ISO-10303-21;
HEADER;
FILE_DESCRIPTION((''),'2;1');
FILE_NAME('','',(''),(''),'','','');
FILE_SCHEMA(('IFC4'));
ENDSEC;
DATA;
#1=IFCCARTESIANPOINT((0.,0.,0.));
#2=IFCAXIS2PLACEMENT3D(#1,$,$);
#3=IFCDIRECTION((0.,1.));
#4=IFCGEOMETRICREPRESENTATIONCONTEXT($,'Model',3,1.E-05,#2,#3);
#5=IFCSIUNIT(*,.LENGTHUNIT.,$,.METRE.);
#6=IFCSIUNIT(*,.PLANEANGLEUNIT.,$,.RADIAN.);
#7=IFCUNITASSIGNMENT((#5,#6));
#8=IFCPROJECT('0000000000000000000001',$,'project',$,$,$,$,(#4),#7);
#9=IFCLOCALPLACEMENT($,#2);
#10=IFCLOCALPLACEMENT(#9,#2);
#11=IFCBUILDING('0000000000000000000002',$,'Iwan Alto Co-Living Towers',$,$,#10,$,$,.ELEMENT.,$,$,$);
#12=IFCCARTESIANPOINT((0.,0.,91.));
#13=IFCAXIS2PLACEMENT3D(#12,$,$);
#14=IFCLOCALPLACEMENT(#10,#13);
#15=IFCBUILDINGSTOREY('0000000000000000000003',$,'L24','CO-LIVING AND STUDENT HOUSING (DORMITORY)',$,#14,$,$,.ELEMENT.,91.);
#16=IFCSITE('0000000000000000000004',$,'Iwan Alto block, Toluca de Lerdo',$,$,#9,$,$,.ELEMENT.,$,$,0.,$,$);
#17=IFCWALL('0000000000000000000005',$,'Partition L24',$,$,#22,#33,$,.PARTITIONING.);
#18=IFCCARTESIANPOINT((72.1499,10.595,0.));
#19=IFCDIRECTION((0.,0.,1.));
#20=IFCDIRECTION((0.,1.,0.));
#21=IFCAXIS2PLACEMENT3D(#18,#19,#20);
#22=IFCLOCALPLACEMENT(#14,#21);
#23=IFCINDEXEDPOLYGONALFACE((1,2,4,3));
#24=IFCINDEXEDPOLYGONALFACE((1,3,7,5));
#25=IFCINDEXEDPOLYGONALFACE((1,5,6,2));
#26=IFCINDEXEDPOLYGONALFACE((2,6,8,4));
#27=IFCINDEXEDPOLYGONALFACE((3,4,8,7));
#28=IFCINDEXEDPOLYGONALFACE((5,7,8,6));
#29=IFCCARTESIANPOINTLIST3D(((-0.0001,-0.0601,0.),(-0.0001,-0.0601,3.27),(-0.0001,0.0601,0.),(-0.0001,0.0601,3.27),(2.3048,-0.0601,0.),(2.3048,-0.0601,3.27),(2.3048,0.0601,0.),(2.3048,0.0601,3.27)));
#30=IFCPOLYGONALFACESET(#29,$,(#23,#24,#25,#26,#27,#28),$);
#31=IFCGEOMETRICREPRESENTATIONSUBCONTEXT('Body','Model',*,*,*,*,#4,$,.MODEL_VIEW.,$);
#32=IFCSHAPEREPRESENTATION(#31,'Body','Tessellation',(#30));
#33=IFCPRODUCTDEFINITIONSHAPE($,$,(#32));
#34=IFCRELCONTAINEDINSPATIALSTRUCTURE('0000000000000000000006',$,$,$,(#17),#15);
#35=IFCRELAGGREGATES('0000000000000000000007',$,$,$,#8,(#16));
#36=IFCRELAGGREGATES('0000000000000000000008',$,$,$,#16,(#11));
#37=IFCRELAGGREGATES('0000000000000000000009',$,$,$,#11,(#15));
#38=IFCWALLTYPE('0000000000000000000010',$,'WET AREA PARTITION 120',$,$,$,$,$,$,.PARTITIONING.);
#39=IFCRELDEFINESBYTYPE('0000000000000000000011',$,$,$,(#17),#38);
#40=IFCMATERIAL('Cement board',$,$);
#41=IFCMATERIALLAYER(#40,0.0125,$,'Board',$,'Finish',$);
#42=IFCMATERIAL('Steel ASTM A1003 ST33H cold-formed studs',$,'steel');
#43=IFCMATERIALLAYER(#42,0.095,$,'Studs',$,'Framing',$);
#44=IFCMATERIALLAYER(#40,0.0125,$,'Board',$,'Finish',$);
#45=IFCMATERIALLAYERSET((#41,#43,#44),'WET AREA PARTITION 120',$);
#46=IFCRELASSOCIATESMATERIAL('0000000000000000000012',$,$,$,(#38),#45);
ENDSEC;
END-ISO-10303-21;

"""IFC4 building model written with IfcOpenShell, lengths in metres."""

from ifc_helpers import new_model, si_unit, direction, frame, frame_2d, origin, place, context, subcontext, project, spatial, rectangle, extrude, material, layer, layer_set, type_object, element, save


model = new_model("IFC4")

# Units and contexts
model_context = context("Model", 3, precision=1e-05, world=origin(), true_north=direction((0.0, 1.0)))
body_context = subcontext(model_context, "Body", "Model", "MODEL_VIEW")
ifc_project = project(units=[si_unit("LENGTHUNIT", "METRE"), si_unit("PLANEANGLEUNIT", "RADIAN")], contexts=[model_context])

# Site, building, storey
site_placement = place(None, origin())
site = spatial("IfcSite", under=ifc_project, at=site_placement, Name="Iwan Alto block, Toluca de Lerdo", CompositionType="ELEMENT", RefElevation=0.0)
building_placement = place(site_placement, origin())
building = spatial("IfcBuilding", under=site, at=building_placement, Name="Iwan Alto Co-Living Towers", CompositionType="ELEMENT")
storey_placement = place(building_placement, frame((0.0, 0.0, 91.0)))
storey = spatial("IfcBuildingStorey", under=building, at=storey_placement, Name="L24", Description="CO-LIVING AND STUDENT HOUSING (DORMITORY)", CompositionType="ELEMENT", Elevation=91.0)

# Shared definitions
ifc_material_1 = material(Name="Steel ASTM A1003 ST33H cold-formed studs", Category="steel")

# Wall
ifc_material_2 = material(Name="Cement board")
ifc_layer_1 = layer(ifc_material_2, 0.0125, Name="Board", Category="Finish")
ifc_layer_2 = layer(ifc_material_1, 0.095, Name="Studs", Category="Framing")
ifc_layer_3 = layer(ifc_material_2, 0.0125, Name="Board", Category="Finish")
ifc_layer_set_1 = layer_set([ifc_layer_1, ifc_layer_2, ifc_layer_3], Name="WET AREA PARTITION 120")
wall_type_1 = type_object("IfcWallType", Name="WET AREA PARTITION 120", PredefinedType="PARTITIONING", material=ifc_layer_set_1)
wall_1_placement = place(storey_placement, frame((72.1499, 10.595, 0.0), z_axis=(0.0, 0.0, 1.0), x_axis=(0.0, 1.0, 0.0)))
element("IfcWall", 1, at=wall_1_placement, inside=storey, type_object=wall_type_1, Name="Partition L24", PredefinedType="PARTITIONING", context=body_context, shape_type="SweptSolid", body=[
    extrude(rectangle(XDim=2.3049, YDim=0.1201, at=frame_2d((1.1523, 0.0))), origin(), (0.0, 0.0, 1.0), 3.27),
])

save(model, "model.ifc")
